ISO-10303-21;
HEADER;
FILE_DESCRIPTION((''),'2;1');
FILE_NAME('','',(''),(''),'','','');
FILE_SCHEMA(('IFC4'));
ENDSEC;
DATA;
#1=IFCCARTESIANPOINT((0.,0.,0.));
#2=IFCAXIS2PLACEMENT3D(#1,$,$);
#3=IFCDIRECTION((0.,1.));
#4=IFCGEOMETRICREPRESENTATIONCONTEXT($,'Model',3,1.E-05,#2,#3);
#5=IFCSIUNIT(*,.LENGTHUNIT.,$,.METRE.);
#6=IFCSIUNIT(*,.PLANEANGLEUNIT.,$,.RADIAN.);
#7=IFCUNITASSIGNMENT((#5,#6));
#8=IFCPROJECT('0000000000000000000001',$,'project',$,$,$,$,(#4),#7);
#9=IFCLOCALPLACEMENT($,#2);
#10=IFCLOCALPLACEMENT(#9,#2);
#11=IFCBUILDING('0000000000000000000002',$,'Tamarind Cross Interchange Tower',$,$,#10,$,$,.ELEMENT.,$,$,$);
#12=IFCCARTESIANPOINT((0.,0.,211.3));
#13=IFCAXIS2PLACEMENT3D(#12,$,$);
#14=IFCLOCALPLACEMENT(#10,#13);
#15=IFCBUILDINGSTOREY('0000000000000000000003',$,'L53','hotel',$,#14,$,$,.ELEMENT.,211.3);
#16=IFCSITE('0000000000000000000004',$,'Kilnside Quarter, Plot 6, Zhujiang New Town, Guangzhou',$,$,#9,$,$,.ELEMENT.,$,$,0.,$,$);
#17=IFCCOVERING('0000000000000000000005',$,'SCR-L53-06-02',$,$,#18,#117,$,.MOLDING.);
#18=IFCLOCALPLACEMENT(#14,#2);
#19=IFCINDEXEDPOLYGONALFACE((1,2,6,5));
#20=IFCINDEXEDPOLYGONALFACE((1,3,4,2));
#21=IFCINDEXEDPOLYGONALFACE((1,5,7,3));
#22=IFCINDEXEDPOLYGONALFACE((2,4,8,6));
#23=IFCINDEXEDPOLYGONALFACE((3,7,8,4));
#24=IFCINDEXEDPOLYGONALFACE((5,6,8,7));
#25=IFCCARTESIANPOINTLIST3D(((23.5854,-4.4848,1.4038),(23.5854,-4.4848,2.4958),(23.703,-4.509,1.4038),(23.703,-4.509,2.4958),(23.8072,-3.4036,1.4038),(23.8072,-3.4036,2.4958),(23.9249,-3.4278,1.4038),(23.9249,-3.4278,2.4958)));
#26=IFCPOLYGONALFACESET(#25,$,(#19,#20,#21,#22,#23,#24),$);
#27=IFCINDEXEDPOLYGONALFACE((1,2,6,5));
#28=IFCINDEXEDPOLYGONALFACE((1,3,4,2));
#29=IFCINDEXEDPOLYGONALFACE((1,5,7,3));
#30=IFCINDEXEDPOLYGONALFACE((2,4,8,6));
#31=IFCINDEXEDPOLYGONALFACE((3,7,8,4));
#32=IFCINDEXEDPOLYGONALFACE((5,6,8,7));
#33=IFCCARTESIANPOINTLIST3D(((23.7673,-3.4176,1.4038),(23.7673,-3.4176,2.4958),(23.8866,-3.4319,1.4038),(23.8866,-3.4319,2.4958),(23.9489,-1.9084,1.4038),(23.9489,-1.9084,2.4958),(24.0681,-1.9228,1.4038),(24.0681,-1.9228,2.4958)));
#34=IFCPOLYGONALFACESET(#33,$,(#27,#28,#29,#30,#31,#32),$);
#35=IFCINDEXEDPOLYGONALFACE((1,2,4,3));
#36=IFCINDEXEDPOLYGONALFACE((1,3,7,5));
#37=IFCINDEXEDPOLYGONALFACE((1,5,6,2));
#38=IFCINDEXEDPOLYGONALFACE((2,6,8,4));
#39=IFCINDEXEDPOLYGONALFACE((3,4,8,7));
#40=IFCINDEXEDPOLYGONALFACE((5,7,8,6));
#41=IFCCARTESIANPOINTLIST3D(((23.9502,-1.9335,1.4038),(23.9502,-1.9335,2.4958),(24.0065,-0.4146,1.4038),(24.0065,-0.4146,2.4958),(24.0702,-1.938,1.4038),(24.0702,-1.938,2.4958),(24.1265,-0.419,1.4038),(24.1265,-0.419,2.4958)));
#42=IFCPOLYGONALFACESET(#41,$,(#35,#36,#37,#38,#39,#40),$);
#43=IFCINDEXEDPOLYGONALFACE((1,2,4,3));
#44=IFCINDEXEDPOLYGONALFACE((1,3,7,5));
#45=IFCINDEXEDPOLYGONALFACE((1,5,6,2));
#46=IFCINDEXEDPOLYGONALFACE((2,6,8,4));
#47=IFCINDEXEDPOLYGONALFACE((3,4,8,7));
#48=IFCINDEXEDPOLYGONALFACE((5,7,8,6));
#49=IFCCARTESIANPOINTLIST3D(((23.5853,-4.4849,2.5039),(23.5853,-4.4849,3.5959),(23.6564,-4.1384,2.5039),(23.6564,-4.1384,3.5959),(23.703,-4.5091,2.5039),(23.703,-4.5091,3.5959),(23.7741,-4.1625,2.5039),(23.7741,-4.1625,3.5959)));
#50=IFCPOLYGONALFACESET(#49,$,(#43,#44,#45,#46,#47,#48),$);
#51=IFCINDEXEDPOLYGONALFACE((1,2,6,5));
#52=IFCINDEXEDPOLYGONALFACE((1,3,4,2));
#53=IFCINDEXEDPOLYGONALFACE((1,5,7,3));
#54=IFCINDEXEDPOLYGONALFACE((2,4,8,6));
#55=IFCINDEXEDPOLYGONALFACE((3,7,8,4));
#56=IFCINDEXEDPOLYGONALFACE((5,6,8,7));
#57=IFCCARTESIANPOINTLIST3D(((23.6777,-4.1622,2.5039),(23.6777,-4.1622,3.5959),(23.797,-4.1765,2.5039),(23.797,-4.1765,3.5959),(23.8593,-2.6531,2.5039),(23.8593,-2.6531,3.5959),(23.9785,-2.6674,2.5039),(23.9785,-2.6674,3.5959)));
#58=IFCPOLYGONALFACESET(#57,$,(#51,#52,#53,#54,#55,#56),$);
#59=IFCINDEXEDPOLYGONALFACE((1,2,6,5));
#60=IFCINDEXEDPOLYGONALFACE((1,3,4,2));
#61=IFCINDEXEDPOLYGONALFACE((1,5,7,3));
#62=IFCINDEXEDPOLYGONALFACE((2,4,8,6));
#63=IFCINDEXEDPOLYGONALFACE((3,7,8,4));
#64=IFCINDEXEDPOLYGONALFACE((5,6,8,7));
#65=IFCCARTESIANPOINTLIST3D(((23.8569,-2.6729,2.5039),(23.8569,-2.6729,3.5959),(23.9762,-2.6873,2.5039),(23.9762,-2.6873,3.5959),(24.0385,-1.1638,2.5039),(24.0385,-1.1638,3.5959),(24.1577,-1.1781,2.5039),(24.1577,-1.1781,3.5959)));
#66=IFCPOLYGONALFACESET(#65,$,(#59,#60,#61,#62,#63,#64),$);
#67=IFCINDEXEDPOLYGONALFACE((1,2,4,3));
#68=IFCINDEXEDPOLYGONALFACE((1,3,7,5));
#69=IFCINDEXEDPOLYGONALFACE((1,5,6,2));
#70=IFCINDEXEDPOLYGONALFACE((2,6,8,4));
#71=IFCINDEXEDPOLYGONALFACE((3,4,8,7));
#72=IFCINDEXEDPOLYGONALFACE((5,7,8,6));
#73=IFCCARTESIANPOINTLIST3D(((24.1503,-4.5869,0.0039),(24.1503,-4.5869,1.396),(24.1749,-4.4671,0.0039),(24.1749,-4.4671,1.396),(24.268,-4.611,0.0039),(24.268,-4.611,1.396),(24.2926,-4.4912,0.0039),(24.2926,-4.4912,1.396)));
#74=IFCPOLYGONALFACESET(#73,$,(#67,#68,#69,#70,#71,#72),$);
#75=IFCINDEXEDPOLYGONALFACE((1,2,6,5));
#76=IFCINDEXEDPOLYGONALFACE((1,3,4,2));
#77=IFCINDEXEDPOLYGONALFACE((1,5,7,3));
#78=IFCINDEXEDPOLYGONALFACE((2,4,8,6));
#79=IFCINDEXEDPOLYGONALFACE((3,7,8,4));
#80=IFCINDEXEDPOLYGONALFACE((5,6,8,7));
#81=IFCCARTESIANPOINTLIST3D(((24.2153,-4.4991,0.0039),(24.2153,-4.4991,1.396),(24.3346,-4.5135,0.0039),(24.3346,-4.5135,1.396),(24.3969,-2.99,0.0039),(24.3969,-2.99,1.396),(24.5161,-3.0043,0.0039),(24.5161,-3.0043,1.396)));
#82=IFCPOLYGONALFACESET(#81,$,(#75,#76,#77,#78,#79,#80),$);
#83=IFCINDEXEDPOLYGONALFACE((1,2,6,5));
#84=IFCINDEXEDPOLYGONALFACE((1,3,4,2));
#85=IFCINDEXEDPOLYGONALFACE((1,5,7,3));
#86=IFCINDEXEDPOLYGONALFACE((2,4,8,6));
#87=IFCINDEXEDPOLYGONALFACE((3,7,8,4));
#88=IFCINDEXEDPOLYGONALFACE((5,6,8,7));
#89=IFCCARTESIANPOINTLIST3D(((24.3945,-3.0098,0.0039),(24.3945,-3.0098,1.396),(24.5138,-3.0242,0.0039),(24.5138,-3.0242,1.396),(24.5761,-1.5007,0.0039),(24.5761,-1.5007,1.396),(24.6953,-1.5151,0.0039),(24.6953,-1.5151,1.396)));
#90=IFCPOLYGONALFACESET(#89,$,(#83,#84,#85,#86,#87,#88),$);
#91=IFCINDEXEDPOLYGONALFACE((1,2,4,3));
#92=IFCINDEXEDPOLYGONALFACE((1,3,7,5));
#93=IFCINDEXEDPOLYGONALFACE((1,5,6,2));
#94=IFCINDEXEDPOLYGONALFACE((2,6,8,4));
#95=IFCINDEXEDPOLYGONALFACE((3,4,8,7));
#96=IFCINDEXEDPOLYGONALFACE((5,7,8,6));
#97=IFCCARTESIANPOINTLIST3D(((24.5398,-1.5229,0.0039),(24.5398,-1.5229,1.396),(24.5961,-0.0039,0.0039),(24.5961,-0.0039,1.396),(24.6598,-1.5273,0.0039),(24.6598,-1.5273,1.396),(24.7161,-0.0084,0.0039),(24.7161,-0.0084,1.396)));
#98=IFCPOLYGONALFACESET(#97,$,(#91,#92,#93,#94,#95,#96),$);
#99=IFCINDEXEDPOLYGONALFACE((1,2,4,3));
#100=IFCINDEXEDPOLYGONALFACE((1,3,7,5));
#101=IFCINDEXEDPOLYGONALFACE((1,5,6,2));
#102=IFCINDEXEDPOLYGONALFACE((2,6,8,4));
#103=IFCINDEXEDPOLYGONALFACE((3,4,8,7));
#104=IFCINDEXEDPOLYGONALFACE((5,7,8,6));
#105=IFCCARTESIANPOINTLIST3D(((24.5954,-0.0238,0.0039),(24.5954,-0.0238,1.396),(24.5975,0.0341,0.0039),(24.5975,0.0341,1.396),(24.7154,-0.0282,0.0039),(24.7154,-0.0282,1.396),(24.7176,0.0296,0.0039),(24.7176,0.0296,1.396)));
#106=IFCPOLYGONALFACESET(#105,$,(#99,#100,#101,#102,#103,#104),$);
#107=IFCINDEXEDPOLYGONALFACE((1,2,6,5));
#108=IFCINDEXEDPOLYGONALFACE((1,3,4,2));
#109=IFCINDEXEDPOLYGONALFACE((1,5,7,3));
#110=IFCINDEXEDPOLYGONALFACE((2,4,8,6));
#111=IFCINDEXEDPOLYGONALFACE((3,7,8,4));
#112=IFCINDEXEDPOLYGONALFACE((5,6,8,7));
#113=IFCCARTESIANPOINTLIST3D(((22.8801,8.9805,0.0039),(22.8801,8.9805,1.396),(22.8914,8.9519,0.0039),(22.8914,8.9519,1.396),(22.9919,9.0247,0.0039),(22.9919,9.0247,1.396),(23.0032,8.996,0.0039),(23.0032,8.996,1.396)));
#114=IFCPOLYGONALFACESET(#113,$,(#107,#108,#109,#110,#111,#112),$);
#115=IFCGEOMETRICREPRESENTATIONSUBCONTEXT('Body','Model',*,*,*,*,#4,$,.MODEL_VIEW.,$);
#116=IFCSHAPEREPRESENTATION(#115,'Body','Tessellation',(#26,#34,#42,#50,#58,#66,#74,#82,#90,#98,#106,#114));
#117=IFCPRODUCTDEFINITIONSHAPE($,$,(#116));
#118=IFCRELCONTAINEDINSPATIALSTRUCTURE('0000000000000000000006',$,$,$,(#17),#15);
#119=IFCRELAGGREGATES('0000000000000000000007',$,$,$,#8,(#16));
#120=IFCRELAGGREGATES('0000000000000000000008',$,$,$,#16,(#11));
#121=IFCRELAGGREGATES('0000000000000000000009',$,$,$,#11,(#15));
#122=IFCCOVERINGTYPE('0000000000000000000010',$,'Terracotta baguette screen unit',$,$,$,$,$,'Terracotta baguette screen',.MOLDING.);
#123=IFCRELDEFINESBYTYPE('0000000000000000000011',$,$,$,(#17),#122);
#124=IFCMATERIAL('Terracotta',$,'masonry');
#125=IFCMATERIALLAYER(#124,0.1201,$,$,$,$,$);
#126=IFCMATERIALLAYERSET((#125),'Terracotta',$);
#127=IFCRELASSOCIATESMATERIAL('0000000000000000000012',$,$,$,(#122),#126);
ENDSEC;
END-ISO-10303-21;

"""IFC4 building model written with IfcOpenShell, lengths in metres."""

from ifc_helpers import new_model, si_unit, direction, frame, origin, origin_2d, place, context, subcontext, project, spatial, rectangle, extrude, material, layer, layer_set, type_object, element, save


model = new_model("IFC4")

# Units and contexts
model_context = context("Model", 3, precision=1e-05, world=origin(), true_north=direction((0.0, 1.0)))
body_context = subcontext(model_context, "Body", "Model", "MODEL_VIEW")
ifc_project = project(units=[si_unit("LENGTHUNIT", "METRE"), si_unit("PLANEANGLEUNIT", "RADIAN")], contexts=[model_context])

# Site, building, storey
site_placement = place(None, origin())
site = spatial("IfcSite", under=ifc_project, at=site_placement, Name="Kilnside Quarter, Plot 6, Zhujiang New Town, Guangzhou", CompositionType="ELEMENT", RefElevation=0.0)
building_placement = place(site_placement, origin())
building = spatial("IfcBuilding", under=site, at=building_placement, Name="Tamarind Cross Interchange Tower", CompositionType="ELEMENT")
storey_placement = place(building_placement, frame((0.0, 0.0, 211.3)))
storey = spatial("IfcBuildingStorey", under=building, at=storey_placement, Name="L53", Description="hotel", CompositionType="ELEMENT", Elevation=211.3)

# Covering
ifc_material_1 = material(Name="Terracotta", Category="masonry")
ifc_layer_1 = layer(ifc_material_1, 0.1201)
ifc_layer_set_1 = layer_set([ifc_layer_1], Name="Terracotta")
covering_type = type_object("IfcCoveringType", Name="Terracotta baguette screen unit", ElementType="Terracotta baguette screen", PredefinedType="MOLDING", material=ifc_layer_set_1)
covering_1_placement = place(storey_placement, origin())
element("IfcCovering", 1, at=covering_1_placement, inside=storey, type_object=covering_type, Name="SCR-L53-06-02", PredefinedType="MOLDING", context=body_context, shape_type="SweptSolid", body=[
    extrude(rectangle(XDim=1.1038, YDim=0.1201, at=origin_2d()), frame((23.7551, -3.9563, 1.4038), z_axis=(0.0, 0.0, 1.0), x_axis=(0.201001, 0.979591, 0.0)), (0.0, 0.0, 1.0), 1.092),
    extrude(rectangle(XDim=1.52, YDim=0.1201, at=origin_2d()), frame((23.9177, -2.6702, 1.4038), z_axis=(0.0, 0.0, 1.0), x_axis=(0.119421, 0.992844, 0.0)), (0.0, 0.0, 1.0), 1.092),
    extrude(rectangle(XDim=1.52, YDim=0.1201, at=origin_2d()), frame((24.0383, -1.1763, 1.4038), z_axis=(0.0, 0.0, 1.0), x_axis=(0.037025, 0.999314, 0.0)), (0.0, 0.0, 1.0), 1.092),
    extrude(rectangle(XDim=0.3538, YDim=0.1201, at=origin_2d()), frame((23.6797, -4.3237, 2.5039), z_axis=(0.0, 0.0, 1.0), x_axis=(0.201001, 0.979591, 0.0)), (0.0, 0.0, 1.0), 1.092),
    extrude(rectangle(XDim=1.52, YDim=0.1201, at=origin_2d()), frame((23.8281, -3.4148, 2.5039), z_axis=(0.0, 0.0, 1.0), x_axis=(0.119421, 0.992844, 0.0)), (0.0, 0.0, 1.0), 1.092),
    extrude(rectangle(XDim=1.52, YDim=0.1201, at=origin_2d()), frame((24.0073, -1.9255, 2.5039), z_axis=(0.0, 0.0, 1.0), x_axis=(0.119421, 0.992844, 0.0)), (0.0, 0.0, 1.0), 1.092),
    extrude(rectangle(XDim=0.1223, YDim=0.1201, at=origin_2d()), frame((24.2214, -4.5391, 0.0039), z_axis=(0.0, 0.0, 1.0), x_axis=(0.201001, 0.979591, 0.0)), (0.0, 0.0, 1.0), 1.3921),
    extrude(rectangle(XDim=1.52, YDim=0.1201, at=origin_2d()), frame((24.3657, -3.7517, 0.0039), z_axis=(0.0, 0.0, 1.0), x_axis=(0.119421, 0.992844, 0.0)), (0.0, 0.0, 1.0), 1.3921),
    extrude(rectangle(XDim=1.52, YDim=0.1201, at=origin_2d()), frame((24.5449, -2.2625, 0.0039), z_axis=(0.0, 0.0, 1.0), x_axis=(0.119421, 0.992844, 0.0)), (0.0, 0.0, 1.0), 1.3921),
    extrude(rectangle(XDim=1.52, YDim=0.1201, at=origin_2d()), frame((24.6279, -0.7656, 0.0039), z_axis=(0.0, 0.0, 1.0), x_axis=(0.037025, 0.999314, 0.0)), (0.0, 0.0, 1.0), 1.3921),
    extrude(rectangle(XDim=0.0579, YDim=0.1201, at=origin_2d()), frame((24.6565, 0.0029, 0.0039), z_axis=(0.0, 0.0, 1.0), x_axis=(0.037025, 0.999314, 0.0)), (0.0, 0.0, 1.0), 1.3921),
    extrude(rectangle(XDim=0.0308, YDim=0.1201, at=origin_2d()), frame((22.9417, 8.9883, 0.0039), z_axis=(0.0, 0.0, 1.0), x_axis=(-0.367514, 0.930018, 0.0)), (0.0, 0.0, 1.0), 1.3921),
])

save(model, "model.ifc")
